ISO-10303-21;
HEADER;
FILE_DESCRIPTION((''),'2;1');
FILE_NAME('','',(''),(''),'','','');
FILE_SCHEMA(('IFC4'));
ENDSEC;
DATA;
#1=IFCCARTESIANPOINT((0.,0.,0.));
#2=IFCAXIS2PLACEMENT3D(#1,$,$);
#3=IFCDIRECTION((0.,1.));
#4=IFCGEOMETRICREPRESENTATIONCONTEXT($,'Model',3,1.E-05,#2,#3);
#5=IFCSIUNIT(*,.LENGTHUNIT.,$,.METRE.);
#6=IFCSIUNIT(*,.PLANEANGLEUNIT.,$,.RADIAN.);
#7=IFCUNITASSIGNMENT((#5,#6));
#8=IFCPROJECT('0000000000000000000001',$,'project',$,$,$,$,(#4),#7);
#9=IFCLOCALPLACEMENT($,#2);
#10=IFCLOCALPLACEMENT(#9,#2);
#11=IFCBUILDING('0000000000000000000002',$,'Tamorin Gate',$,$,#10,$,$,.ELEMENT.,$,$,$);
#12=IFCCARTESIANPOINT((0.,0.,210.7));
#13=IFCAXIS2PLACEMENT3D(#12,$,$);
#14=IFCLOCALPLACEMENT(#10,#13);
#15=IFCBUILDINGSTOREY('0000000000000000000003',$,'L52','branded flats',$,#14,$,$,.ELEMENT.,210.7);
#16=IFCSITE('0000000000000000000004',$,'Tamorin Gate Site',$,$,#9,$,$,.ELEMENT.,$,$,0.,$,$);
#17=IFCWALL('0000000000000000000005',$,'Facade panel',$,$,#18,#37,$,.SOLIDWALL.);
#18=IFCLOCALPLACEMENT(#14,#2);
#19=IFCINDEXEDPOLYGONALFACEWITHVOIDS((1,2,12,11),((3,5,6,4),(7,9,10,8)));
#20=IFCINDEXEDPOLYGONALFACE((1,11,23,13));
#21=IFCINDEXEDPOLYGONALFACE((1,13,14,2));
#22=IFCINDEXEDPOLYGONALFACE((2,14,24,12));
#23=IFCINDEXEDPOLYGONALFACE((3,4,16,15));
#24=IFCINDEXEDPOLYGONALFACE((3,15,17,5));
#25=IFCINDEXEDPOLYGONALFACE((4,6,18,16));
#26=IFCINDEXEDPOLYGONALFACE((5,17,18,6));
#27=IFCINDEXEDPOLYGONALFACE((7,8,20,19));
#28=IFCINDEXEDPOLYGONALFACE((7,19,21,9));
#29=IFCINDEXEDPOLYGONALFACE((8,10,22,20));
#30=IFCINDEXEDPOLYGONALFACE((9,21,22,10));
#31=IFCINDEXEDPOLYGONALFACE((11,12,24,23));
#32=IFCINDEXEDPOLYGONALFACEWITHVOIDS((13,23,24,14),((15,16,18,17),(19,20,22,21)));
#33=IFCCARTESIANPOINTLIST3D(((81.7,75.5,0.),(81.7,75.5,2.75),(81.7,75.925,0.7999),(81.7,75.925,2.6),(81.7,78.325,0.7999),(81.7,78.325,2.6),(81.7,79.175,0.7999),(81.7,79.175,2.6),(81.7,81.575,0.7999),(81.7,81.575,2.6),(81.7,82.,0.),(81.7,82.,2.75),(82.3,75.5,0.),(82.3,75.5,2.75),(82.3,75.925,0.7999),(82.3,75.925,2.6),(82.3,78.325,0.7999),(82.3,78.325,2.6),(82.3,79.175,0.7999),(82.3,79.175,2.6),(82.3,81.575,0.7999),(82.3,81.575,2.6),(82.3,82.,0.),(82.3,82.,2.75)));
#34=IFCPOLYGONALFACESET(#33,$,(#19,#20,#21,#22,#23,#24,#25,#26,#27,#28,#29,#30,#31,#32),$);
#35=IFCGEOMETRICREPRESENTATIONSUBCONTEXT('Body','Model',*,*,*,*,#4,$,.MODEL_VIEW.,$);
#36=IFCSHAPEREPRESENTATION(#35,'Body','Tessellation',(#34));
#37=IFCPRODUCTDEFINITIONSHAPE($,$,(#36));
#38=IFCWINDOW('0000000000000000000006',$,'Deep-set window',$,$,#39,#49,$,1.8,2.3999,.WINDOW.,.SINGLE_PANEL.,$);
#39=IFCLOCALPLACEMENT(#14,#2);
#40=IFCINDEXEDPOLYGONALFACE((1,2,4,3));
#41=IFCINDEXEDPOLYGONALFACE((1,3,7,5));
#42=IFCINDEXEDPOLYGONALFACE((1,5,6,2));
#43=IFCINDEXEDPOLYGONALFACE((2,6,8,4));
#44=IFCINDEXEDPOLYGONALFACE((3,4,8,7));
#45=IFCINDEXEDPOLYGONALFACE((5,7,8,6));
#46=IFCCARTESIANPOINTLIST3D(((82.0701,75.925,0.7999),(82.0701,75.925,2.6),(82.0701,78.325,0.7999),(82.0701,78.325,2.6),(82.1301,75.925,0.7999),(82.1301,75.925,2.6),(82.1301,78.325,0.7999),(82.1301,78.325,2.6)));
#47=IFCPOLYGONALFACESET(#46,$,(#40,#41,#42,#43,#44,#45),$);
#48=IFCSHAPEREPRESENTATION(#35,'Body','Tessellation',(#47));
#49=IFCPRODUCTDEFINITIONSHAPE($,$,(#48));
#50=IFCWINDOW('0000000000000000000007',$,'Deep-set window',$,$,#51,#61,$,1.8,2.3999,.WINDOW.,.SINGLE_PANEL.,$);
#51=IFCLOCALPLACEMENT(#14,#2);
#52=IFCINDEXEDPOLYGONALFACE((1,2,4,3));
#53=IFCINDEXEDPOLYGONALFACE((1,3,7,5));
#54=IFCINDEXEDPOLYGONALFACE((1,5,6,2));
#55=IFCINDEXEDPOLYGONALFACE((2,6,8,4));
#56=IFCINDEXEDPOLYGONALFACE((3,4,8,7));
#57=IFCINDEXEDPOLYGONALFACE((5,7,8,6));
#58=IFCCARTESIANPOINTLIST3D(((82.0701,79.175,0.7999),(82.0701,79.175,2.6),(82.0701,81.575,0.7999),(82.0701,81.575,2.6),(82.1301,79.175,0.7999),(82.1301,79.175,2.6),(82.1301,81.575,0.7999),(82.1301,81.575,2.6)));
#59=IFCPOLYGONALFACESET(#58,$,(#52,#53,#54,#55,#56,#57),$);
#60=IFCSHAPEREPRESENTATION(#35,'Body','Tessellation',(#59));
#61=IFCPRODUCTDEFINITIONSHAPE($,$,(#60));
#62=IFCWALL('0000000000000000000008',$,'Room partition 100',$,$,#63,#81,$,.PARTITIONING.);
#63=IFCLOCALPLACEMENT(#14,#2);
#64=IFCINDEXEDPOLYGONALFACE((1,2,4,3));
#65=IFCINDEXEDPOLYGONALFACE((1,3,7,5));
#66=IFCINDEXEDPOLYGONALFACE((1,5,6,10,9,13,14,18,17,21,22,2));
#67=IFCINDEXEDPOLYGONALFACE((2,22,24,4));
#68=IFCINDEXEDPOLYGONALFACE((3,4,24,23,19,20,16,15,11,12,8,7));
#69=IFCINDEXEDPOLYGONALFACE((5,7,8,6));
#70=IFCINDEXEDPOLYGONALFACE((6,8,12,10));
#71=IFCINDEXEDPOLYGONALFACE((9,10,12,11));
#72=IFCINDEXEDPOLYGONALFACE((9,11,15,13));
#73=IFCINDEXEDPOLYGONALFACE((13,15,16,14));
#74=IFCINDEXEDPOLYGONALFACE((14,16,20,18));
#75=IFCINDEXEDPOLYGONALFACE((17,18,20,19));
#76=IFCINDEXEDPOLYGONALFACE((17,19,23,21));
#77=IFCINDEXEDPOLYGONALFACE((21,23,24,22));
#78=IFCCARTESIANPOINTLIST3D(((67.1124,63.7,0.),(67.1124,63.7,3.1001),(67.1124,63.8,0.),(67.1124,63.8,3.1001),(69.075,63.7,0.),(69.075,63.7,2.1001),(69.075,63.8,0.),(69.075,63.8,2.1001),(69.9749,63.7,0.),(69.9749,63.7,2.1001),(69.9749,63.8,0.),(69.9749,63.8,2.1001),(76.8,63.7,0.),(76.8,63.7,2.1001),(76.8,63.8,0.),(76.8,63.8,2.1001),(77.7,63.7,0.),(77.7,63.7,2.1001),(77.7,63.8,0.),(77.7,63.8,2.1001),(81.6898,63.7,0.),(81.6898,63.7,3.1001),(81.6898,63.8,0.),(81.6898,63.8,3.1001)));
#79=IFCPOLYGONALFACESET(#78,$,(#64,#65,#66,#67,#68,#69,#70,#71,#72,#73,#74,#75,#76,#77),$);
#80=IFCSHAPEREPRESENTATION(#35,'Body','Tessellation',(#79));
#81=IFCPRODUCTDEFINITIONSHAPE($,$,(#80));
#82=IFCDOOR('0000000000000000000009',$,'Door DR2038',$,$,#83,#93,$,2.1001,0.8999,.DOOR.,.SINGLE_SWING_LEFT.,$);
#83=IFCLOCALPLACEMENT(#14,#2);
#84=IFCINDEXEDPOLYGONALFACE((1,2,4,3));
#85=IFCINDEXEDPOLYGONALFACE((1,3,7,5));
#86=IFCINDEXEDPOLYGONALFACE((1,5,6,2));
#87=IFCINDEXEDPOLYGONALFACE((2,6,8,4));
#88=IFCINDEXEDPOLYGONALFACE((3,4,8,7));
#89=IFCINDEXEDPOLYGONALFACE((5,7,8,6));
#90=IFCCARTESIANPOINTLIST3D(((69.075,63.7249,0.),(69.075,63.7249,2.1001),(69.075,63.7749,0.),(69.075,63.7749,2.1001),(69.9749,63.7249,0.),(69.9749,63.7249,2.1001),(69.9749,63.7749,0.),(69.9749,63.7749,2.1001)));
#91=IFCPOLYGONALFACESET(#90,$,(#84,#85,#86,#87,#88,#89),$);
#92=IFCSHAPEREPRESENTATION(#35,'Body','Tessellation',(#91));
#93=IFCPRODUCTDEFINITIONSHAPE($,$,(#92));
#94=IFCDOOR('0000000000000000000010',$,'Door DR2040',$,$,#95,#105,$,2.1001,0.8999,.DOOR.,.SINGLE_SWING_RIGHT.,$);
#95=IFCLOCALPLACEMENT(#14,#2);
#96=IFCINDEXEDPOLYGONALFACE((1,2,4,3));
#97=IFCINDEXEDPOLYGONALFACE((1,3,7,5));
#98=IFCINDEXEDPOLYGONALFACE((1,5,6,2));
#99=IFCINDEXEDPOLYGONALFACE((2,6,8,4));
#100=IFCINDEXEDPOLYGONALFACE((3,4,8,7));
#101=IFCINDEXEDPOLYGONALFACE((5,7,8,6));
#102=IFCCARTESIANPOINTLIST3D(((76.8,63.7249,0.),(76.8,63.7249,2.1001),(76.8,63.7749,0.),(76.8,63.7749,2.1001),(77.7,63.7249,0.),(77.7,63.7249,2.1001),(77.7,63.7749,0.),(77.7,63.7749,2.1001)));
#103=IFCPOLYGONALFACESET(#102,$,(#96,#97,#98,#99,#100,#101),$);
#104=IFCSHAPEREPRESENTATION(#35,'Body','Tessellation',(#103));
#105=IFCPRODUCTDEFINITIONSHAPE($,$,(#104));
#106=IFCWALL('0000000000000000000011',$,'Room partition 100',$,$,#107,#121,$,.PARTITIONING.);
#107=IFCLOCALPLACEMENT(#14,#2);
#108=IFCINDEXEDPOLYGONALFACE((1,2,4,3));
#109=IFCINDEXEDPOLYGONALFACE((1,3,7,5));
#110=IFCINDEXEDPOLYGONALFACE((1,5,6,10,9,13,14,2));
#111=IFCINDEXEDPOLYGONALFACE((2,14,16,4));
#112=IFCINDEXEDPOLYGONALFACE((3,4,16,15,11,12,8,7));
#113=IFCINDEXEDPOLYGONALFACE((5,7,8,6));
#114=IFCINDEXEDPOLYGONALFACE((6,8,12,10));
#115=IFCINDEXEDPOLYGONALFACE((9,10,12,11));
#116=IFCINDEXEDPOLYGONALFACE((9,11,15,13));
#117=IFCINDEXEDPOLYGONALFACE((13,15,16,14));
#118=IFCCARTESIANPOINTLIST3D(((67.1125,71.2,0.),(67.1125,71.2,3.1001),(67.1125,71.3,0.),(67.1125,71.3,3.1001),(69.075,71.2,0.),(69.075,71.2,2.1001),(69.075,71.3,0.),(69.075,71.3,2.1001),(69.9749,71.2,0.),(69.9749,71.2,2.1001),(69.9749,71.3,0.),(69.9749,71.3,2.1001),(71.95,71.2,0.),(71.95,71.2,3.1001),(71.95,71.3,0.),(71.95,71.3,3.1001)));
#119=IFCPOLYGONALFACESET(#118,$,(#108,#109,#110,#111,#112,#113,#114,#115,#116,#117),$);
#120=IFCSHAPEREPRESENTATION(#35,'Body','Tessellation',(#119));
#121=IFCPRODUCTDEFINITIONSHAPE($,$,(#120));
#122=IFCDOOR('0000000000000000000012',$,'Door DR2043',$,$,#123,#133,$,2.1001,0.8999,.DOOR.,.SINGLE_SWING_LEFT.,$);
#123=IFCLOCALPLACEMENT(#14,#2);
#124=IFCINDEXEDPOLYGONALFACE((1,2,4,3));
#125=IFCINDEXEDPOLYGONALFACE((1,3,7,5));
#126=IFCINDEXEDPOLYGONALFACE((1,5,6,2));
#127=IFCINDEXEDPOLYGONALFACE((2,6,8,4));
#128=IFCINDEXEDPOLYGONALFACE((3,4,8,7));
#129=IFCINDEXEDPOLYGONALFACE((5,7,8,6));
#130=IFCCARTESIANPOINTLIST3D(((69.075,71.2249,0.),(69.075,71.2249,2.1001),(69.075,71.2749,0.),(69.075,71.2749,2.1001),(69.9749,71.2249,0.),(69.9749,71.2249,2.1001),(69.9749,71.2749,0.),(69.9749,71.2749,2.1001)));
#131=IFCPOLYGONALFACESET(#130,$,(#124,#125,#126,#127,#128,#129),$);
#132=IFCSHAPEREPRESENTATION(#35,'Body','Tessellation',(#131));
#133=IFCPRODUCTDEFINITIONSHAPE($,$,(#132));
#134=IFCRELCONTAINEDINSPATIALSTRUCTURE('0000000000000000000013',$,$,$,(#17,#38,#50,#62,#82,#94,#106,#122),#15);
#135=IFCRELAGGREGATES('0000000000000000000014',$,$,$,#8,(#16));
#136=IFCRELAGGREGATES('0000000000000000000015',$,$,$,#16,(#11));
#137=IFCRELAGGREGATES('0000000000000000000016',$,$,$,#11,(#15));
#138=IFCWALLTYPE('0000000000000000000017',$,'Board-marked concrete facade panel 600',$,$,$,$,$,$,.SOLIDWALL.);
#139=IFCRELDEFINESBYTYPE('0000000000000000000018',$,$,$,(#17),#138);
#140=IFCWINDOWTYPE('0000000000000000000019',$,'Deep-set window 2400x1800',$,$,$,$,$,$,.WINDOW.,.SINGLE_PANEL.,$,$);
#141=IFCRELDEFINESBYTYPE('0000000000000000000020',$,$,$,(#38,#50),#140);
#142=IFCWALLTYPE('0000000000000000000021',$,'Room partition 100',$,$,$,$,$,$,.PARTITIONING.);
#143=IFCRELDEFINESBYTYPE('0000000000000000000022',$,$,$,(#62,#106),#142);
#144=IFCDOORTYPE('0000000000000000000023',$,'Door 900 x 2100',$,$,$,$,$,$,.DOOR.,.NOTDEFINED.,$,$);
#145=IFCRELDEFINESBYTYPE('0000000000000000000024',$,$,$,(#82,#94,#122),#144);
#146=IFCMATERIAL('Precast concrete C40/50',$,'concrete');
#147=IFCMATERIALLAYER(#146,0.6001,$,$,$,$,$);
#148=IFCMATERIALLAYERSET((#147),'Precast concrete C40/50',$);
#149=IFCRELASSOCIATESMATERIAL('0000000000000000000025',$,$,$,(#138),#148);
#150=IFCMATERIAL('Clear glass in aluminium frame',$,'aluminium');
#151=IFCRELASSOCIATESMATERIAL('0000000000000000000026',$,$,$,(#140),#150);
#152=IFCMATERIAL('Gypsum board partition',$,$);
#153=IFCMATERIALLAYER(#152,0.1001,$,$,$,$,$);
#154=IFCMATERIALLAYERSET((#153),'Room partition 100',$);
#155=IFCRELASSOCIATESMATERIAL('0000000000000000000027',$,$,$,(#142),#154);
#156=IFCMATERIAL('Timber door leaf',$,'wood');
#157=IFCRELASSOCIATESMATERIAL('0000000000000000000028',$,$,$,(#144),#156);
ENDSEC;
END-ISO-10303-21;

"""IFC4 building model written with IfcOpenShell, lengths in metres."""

from ifc_helpers import new_model, si_unit, direction, frame, frame_2d, origin, place, context, subcontext, project, spatial, rectangle, extrude, material, layer, layer_set, type_object, element, fill, save


model = new_model("IFC4")

# Units and contexts
model_context = context("Model", 3, precision=1e-05, world=origin(), true_north=direction((0.0, 1.0)))
body_context = subcontext(model_context, "Body", "Model", "MODEL_VIEW")
ifc_project = project(units=[si_unit("LENGTHUNIT", "METRE"), si_unit("PLANEANGLEUNIT", "RADIAN")], contexts=[model_context])

# Site, building, storey
site_placement = place(None, origin())
site = spatial("IfcSite", under=ifc_project, at=site_placement, Name="Tamorin Gate Site", CompositionType="ELEMENT", RefElevation=0.0)
building_placement = place(site_placement, origin())
building = spatial("IfcBuilding", under=site, at=building_placement, Name="Tamorin Gate", CompositionType="ELEMENT")
storey_placement = place(building_placement, frame((0.0, 0.0, 210.7)))
storey = spatial("IfcBuildingStorey", under=building, at=storey_placement, Name="L52", Description="branded flats", CompositionType="ELEMENT", Elevation=210.7)

# Wall, openings, windows
ifc_material_1 = material(Name="Precast concrete C40/50", Category="concrete")
ifc_layer_1 = layer(ifc_material_1, 0.6001)
ifc_layer_set_1 = layer_set([ifc_layer_1], Name="Precast concrete C40/50")
wall_type_1 = type_object("IfcWallType", Name="Board-marked concrete facade panel 600", PredefinedType="SOLIDWALL", material=ifc_layer_set_1)
ifc_material_2 = material(Name="Clear glass in aluminium frame", Category="aluminium")
window_type = type_object("IfcWindowType", Name="Deep-set window 2400x1800", PartitioningType="SINGLE_PANEL", PredefinedType="WINDOW", material=ifc_material_2)
wall_1_placement = place(storey_placement, frame((82.0, 75.5, 0.0), z_axis=(0.0, 0.0, 1.0), x_axis=(0.0, 1.0, 0.0)))
wall_1 = element("IfcWall", 1, at=wall_1_placement, inside=storey, type_object=wall_type_1, Name="Facade panel", PredefinedType="SOLIDWALL", context=body_context, shape_type="SweptSolid", body=[
    extrude(rectangle(XDim=6.5, YDim=0.6001, at=frame_2d((3.25, 0.0))), origin(), (0.0, 0.0, 1.0), 2.75),
])
opening_1_placement = place(wall_1_placement, frame((0.425, 0.0, 0.8)))
opening_1 = element("IfcOpeningElement", 2, at=opening_1_placement, cuts=wall_1, PredefinedType="OPENING", context=body_context, shape_type="SweptSolid", body=[
    extrude(rectangle(XDim=2.3999, YDim=1.8, at=frame_2d((1.2, 0.8999))), frame((0.0, 0.3101, 0.0), z_axis=(0.0, -1.0, 0.0), x_axis=(1.0, 0.0, 0.0)), (0.0, 0.0, 1.0), 0.6201),
])
opening_2_placement = place(wall_1_placement, frame((3.675, 0.0, 0.8)))
opening_2 = element("IfcOpeningElement", 3, at=opening_2_placement, cuts=wall_1, PredefinedType="OPENING", context=body_context, shape_type="SweptSolid", body=[
    extrude(rectangle(XDim=2.3999, YDim=1.8, at=frame_2d((1.2, 0.8999))), frame((0.0, 0.3101, 0.0), z_axis=(0.0, -1.0, 0.0), x_axis=(1.0, 0.0, 0.0)), (0.0, 0.0, 1.0), 0.6201),
])
window_1_placement = place(opening_1_placement, origin())
window_1 = element("IfcWindow", 4, at=window_1_placement, inside=storey, type_object=window_type, Name="Deep-set window", OverallHeight=1.8, OverallWidth=2.3999, PartitioningType="SINGLE_PANEL", PredefinedType="WINDOW", context=body_context, shape_type="SweptSolid", body=[
    extrude(rectangle(XDim=2.3999, YDim=1.8, at=frame_2d((1.2, 0.8999))), frame((0.0, -0.0701, 0.0), z_axis=(0.0, -1.0, 0.0), x_axis=(1.0, 0.0, 0.0)), (0.0, 0.0, 1.0), 0.0601),
])
fill(opening_1, window_1)
window_2_placement = place(opening_2_placement, origin())
window_2 = element("IfcWindow", 5, at=window_2_placement, inside=storey, type_object=window_type, Name="Deep-set window", OverallHeight=1.8, OverallWidth=2.3999, PartitioningType="SINGLE_PANEL", PredefinedType="WINDOW", context=body_context, shape_type="SweptSolid", body=[
    extrude(rectangle(XDim=2.3999, YDim=1.8, at=frame_2d((1.2, 0.8999))), frame((0.0, -0.0701, 0.0), z_axis=(0.0, -1.0, 0.0), x_axis=(1.0, 0.0, 0.0)), (0.0, 0.0, 1.0), 0.0601),
])
fill(opening_2, window_2)

# Wall, openings, doors
ifc_material_3 = material(Name="Gypsum board partition")
ifc_layer_2 = layer(ifc_material_3, 0.1001)
ifc_layer_set_2 = layer_set([ifc_layer_2], Name="Room partition 100")
wall_type_2 = type_object("IfcWallType", Name="Room partition 100", PredefinedType="PARTITIONING", material=ifc_layer_set_2)
wall_2_placement = place(storey_placement, frame((67.1125, 63.75, 0.0), z_axis=(0.0, 0.0, 1.0), x_axis=(1.0, 0.0, 0.0)))
wall_2 = element("IfcWall", 6, at=wall_2_placement, inside=storey, type_object=wall_type_2, Name="Room partition 100", PredefinedType="PARTITIONING", context=body_context, shape_type="SweptSolid", body=[
    extrude(rectangle(XDim=14.5774, YDim=0.1001, at=frame_2d((7.2886, 0.0))), origin(), (0.0, 0.0, 1.0), 3.1001),
])
opening_3_placement = place(wall_2_placement, frame((1.9624, 0.0, 0.0)))
opening_3 = element("IfcOpeningElement", 7, at=opening_3_placement, cuts=wall_2, PredefinedType="OPENING", context=body_context, shape_type="SweptSolid", body=[
    extrude(rectangle(XDim=0.8999, YDim=2.1001, at=frame_2d((0.45, 1.05))), frame((0.0, 0.0601, 0.0), z_axis=(0.0, -1.0, 0.0), x_axis=(1.0, 0.0, 0.0)), (0.0, 0.0, 1.0), 0.1201),
])
opening_4_placement = place(wall_2_placement, frame((9.6875, 0.0, 0.0)))
opening_4 = element("IfcOpeningElement", 8, at=opening_4_placement, cuts=wall_2, PredefinedType="OPENING", context=body_context, shape_type="SweptSolid", body=[
    extrude(rectangle(XDim=0.8999, YDim=2.1001, at=frame_2d((0.45, 1.05))), frame((0.0, 0.0601, 0.0), z_axis=(0.0, -1.0, 0.0), x_axis=(1.0, 0.0, 0.0)), (0.0, 0.0, 1.0), 0.1201),
])
ifc_material_4 = material(Name="Timber door leaf", Category="wood")
door_type = type_object("IfcDoorType", Name="Door 900 x 2100", OperationType="NOTDEFINED", PredefinedType="DOOR", material=ifc_material_4)
door_1_placement = place(opening_3_placement, origin())
door_1 = element("IfcDoor", 9, at=door_1_placement, inside=storey, type_object=door_type, Name="Door DR2038", OperationType="SINGLE_SWING_LEFT", OverallHeight=2.1001, OverallWidth=0.8999, PredefinedType="DOOR", context=body_context, shape_type="SweptSolid", body=[
    extrude(rectangle(XDim=0.8999, YDim=2.1001, at=frame_2d((0.45, 1.05))), frame((0.0, 0.0249, 0.0), z_axis=(0.0, -1.0, 0.0), x_axis=(1.0, 0.0, 0.0)), (0.0, 0.0, 1.0), 0.05),
])
fill(opening_3, door_1)
door_2_placement = place(opening_4_placement, origin())
door_2 = element("IfcDoor", 10, at=door_2_placement, inside=storey, type_object=door_type, Name="Door DR2040", OperationType="SINGLE_SWING_RIGHT", OverallHeight=2.1001, OverallWidth=0.8999, PredefinedType="DOOR", context=body_context, shape_type="SweptSolid", body=[
    extrude(rectangle(XDim=0.8999, YDim=2.1001, at=frame_2d((0.45, 1.05))), frame((0.0, 0.0249, 0.0), z_axis=(0.0, -1.0, 0.0), x_axis=(1.0, 0.0, 0.0)), (0.0, 0.0, 1.0), 0.05),
])
fill(opening_4, door_2)

# Wall, opening, door
wall_3_placement = place(storey_placement, frame((67.1125, 71.25, 0.0), z_axis=(0.0, 0.0, 1.0), x_axis=(1.0, 0.0, 0.0)))
wall_3 = element("IfcWall", 11, at=wall_3_placement, inside=storey, type_object=wall_type_2, Name="Room partition 100", PredefinedType="PARTITIONING", context=body_context, shape_type="SweptSolid", body=[
    extrude(rectangle(XDim=4.8374, YDim=0.1001, at=frame_2d((2.4187, 0.0))), origin(), (0.0, 0.0, 1.0), 3.1001),
])
opening_5_placement = place(wall_3_placement, frame((1.9624, 0.0, 0.0)))
opening_5 = element("IfcOpeningElement", 12, at=opening_5_placement, cuts=wall_3, PredefinedType="OPENING", context=body_context, shape_type="SweptSolid", body=[
    extrude(rectangle(XDim=0.8999, YDim=2.1001, at=frame_2d((0.45, 1.05))), frame((0.0, 0.0601, 0.0), z_axis=(0.0, -1.0, 0.0), x_axis=(1.0, 0.0, 0.0)), (0.0, 0.0, 1.0), 0.1201),
])
door_3_placement = place(opening_5_placement, origin())
door_3 = element("IfcDoor", 13, at=door_3_placement, inside=storey, type_object=door_type, Name="Door DR2043", OperationType="SINGLE_SWING_LEFT", OverallHeight=2.1001, OverallWidth=0.8999, PredefinedType="DOOR", context=body_context, shape_type="SweptSolid", body=[
    extrude(rectangle(XDim=0.8999, YDim=2.1001, at=frame_2d((0.45, 1.05))), frame((0.0, 0.0249, 0.0), z_axis=(0.0, -1.0, 0.0), x_axis=(1.0, 0.0, 0.0)), (0.0, 0.0, 1.0), 0.05),
])
fill(opening_5, door_3)

save(model, "model.ifc")
